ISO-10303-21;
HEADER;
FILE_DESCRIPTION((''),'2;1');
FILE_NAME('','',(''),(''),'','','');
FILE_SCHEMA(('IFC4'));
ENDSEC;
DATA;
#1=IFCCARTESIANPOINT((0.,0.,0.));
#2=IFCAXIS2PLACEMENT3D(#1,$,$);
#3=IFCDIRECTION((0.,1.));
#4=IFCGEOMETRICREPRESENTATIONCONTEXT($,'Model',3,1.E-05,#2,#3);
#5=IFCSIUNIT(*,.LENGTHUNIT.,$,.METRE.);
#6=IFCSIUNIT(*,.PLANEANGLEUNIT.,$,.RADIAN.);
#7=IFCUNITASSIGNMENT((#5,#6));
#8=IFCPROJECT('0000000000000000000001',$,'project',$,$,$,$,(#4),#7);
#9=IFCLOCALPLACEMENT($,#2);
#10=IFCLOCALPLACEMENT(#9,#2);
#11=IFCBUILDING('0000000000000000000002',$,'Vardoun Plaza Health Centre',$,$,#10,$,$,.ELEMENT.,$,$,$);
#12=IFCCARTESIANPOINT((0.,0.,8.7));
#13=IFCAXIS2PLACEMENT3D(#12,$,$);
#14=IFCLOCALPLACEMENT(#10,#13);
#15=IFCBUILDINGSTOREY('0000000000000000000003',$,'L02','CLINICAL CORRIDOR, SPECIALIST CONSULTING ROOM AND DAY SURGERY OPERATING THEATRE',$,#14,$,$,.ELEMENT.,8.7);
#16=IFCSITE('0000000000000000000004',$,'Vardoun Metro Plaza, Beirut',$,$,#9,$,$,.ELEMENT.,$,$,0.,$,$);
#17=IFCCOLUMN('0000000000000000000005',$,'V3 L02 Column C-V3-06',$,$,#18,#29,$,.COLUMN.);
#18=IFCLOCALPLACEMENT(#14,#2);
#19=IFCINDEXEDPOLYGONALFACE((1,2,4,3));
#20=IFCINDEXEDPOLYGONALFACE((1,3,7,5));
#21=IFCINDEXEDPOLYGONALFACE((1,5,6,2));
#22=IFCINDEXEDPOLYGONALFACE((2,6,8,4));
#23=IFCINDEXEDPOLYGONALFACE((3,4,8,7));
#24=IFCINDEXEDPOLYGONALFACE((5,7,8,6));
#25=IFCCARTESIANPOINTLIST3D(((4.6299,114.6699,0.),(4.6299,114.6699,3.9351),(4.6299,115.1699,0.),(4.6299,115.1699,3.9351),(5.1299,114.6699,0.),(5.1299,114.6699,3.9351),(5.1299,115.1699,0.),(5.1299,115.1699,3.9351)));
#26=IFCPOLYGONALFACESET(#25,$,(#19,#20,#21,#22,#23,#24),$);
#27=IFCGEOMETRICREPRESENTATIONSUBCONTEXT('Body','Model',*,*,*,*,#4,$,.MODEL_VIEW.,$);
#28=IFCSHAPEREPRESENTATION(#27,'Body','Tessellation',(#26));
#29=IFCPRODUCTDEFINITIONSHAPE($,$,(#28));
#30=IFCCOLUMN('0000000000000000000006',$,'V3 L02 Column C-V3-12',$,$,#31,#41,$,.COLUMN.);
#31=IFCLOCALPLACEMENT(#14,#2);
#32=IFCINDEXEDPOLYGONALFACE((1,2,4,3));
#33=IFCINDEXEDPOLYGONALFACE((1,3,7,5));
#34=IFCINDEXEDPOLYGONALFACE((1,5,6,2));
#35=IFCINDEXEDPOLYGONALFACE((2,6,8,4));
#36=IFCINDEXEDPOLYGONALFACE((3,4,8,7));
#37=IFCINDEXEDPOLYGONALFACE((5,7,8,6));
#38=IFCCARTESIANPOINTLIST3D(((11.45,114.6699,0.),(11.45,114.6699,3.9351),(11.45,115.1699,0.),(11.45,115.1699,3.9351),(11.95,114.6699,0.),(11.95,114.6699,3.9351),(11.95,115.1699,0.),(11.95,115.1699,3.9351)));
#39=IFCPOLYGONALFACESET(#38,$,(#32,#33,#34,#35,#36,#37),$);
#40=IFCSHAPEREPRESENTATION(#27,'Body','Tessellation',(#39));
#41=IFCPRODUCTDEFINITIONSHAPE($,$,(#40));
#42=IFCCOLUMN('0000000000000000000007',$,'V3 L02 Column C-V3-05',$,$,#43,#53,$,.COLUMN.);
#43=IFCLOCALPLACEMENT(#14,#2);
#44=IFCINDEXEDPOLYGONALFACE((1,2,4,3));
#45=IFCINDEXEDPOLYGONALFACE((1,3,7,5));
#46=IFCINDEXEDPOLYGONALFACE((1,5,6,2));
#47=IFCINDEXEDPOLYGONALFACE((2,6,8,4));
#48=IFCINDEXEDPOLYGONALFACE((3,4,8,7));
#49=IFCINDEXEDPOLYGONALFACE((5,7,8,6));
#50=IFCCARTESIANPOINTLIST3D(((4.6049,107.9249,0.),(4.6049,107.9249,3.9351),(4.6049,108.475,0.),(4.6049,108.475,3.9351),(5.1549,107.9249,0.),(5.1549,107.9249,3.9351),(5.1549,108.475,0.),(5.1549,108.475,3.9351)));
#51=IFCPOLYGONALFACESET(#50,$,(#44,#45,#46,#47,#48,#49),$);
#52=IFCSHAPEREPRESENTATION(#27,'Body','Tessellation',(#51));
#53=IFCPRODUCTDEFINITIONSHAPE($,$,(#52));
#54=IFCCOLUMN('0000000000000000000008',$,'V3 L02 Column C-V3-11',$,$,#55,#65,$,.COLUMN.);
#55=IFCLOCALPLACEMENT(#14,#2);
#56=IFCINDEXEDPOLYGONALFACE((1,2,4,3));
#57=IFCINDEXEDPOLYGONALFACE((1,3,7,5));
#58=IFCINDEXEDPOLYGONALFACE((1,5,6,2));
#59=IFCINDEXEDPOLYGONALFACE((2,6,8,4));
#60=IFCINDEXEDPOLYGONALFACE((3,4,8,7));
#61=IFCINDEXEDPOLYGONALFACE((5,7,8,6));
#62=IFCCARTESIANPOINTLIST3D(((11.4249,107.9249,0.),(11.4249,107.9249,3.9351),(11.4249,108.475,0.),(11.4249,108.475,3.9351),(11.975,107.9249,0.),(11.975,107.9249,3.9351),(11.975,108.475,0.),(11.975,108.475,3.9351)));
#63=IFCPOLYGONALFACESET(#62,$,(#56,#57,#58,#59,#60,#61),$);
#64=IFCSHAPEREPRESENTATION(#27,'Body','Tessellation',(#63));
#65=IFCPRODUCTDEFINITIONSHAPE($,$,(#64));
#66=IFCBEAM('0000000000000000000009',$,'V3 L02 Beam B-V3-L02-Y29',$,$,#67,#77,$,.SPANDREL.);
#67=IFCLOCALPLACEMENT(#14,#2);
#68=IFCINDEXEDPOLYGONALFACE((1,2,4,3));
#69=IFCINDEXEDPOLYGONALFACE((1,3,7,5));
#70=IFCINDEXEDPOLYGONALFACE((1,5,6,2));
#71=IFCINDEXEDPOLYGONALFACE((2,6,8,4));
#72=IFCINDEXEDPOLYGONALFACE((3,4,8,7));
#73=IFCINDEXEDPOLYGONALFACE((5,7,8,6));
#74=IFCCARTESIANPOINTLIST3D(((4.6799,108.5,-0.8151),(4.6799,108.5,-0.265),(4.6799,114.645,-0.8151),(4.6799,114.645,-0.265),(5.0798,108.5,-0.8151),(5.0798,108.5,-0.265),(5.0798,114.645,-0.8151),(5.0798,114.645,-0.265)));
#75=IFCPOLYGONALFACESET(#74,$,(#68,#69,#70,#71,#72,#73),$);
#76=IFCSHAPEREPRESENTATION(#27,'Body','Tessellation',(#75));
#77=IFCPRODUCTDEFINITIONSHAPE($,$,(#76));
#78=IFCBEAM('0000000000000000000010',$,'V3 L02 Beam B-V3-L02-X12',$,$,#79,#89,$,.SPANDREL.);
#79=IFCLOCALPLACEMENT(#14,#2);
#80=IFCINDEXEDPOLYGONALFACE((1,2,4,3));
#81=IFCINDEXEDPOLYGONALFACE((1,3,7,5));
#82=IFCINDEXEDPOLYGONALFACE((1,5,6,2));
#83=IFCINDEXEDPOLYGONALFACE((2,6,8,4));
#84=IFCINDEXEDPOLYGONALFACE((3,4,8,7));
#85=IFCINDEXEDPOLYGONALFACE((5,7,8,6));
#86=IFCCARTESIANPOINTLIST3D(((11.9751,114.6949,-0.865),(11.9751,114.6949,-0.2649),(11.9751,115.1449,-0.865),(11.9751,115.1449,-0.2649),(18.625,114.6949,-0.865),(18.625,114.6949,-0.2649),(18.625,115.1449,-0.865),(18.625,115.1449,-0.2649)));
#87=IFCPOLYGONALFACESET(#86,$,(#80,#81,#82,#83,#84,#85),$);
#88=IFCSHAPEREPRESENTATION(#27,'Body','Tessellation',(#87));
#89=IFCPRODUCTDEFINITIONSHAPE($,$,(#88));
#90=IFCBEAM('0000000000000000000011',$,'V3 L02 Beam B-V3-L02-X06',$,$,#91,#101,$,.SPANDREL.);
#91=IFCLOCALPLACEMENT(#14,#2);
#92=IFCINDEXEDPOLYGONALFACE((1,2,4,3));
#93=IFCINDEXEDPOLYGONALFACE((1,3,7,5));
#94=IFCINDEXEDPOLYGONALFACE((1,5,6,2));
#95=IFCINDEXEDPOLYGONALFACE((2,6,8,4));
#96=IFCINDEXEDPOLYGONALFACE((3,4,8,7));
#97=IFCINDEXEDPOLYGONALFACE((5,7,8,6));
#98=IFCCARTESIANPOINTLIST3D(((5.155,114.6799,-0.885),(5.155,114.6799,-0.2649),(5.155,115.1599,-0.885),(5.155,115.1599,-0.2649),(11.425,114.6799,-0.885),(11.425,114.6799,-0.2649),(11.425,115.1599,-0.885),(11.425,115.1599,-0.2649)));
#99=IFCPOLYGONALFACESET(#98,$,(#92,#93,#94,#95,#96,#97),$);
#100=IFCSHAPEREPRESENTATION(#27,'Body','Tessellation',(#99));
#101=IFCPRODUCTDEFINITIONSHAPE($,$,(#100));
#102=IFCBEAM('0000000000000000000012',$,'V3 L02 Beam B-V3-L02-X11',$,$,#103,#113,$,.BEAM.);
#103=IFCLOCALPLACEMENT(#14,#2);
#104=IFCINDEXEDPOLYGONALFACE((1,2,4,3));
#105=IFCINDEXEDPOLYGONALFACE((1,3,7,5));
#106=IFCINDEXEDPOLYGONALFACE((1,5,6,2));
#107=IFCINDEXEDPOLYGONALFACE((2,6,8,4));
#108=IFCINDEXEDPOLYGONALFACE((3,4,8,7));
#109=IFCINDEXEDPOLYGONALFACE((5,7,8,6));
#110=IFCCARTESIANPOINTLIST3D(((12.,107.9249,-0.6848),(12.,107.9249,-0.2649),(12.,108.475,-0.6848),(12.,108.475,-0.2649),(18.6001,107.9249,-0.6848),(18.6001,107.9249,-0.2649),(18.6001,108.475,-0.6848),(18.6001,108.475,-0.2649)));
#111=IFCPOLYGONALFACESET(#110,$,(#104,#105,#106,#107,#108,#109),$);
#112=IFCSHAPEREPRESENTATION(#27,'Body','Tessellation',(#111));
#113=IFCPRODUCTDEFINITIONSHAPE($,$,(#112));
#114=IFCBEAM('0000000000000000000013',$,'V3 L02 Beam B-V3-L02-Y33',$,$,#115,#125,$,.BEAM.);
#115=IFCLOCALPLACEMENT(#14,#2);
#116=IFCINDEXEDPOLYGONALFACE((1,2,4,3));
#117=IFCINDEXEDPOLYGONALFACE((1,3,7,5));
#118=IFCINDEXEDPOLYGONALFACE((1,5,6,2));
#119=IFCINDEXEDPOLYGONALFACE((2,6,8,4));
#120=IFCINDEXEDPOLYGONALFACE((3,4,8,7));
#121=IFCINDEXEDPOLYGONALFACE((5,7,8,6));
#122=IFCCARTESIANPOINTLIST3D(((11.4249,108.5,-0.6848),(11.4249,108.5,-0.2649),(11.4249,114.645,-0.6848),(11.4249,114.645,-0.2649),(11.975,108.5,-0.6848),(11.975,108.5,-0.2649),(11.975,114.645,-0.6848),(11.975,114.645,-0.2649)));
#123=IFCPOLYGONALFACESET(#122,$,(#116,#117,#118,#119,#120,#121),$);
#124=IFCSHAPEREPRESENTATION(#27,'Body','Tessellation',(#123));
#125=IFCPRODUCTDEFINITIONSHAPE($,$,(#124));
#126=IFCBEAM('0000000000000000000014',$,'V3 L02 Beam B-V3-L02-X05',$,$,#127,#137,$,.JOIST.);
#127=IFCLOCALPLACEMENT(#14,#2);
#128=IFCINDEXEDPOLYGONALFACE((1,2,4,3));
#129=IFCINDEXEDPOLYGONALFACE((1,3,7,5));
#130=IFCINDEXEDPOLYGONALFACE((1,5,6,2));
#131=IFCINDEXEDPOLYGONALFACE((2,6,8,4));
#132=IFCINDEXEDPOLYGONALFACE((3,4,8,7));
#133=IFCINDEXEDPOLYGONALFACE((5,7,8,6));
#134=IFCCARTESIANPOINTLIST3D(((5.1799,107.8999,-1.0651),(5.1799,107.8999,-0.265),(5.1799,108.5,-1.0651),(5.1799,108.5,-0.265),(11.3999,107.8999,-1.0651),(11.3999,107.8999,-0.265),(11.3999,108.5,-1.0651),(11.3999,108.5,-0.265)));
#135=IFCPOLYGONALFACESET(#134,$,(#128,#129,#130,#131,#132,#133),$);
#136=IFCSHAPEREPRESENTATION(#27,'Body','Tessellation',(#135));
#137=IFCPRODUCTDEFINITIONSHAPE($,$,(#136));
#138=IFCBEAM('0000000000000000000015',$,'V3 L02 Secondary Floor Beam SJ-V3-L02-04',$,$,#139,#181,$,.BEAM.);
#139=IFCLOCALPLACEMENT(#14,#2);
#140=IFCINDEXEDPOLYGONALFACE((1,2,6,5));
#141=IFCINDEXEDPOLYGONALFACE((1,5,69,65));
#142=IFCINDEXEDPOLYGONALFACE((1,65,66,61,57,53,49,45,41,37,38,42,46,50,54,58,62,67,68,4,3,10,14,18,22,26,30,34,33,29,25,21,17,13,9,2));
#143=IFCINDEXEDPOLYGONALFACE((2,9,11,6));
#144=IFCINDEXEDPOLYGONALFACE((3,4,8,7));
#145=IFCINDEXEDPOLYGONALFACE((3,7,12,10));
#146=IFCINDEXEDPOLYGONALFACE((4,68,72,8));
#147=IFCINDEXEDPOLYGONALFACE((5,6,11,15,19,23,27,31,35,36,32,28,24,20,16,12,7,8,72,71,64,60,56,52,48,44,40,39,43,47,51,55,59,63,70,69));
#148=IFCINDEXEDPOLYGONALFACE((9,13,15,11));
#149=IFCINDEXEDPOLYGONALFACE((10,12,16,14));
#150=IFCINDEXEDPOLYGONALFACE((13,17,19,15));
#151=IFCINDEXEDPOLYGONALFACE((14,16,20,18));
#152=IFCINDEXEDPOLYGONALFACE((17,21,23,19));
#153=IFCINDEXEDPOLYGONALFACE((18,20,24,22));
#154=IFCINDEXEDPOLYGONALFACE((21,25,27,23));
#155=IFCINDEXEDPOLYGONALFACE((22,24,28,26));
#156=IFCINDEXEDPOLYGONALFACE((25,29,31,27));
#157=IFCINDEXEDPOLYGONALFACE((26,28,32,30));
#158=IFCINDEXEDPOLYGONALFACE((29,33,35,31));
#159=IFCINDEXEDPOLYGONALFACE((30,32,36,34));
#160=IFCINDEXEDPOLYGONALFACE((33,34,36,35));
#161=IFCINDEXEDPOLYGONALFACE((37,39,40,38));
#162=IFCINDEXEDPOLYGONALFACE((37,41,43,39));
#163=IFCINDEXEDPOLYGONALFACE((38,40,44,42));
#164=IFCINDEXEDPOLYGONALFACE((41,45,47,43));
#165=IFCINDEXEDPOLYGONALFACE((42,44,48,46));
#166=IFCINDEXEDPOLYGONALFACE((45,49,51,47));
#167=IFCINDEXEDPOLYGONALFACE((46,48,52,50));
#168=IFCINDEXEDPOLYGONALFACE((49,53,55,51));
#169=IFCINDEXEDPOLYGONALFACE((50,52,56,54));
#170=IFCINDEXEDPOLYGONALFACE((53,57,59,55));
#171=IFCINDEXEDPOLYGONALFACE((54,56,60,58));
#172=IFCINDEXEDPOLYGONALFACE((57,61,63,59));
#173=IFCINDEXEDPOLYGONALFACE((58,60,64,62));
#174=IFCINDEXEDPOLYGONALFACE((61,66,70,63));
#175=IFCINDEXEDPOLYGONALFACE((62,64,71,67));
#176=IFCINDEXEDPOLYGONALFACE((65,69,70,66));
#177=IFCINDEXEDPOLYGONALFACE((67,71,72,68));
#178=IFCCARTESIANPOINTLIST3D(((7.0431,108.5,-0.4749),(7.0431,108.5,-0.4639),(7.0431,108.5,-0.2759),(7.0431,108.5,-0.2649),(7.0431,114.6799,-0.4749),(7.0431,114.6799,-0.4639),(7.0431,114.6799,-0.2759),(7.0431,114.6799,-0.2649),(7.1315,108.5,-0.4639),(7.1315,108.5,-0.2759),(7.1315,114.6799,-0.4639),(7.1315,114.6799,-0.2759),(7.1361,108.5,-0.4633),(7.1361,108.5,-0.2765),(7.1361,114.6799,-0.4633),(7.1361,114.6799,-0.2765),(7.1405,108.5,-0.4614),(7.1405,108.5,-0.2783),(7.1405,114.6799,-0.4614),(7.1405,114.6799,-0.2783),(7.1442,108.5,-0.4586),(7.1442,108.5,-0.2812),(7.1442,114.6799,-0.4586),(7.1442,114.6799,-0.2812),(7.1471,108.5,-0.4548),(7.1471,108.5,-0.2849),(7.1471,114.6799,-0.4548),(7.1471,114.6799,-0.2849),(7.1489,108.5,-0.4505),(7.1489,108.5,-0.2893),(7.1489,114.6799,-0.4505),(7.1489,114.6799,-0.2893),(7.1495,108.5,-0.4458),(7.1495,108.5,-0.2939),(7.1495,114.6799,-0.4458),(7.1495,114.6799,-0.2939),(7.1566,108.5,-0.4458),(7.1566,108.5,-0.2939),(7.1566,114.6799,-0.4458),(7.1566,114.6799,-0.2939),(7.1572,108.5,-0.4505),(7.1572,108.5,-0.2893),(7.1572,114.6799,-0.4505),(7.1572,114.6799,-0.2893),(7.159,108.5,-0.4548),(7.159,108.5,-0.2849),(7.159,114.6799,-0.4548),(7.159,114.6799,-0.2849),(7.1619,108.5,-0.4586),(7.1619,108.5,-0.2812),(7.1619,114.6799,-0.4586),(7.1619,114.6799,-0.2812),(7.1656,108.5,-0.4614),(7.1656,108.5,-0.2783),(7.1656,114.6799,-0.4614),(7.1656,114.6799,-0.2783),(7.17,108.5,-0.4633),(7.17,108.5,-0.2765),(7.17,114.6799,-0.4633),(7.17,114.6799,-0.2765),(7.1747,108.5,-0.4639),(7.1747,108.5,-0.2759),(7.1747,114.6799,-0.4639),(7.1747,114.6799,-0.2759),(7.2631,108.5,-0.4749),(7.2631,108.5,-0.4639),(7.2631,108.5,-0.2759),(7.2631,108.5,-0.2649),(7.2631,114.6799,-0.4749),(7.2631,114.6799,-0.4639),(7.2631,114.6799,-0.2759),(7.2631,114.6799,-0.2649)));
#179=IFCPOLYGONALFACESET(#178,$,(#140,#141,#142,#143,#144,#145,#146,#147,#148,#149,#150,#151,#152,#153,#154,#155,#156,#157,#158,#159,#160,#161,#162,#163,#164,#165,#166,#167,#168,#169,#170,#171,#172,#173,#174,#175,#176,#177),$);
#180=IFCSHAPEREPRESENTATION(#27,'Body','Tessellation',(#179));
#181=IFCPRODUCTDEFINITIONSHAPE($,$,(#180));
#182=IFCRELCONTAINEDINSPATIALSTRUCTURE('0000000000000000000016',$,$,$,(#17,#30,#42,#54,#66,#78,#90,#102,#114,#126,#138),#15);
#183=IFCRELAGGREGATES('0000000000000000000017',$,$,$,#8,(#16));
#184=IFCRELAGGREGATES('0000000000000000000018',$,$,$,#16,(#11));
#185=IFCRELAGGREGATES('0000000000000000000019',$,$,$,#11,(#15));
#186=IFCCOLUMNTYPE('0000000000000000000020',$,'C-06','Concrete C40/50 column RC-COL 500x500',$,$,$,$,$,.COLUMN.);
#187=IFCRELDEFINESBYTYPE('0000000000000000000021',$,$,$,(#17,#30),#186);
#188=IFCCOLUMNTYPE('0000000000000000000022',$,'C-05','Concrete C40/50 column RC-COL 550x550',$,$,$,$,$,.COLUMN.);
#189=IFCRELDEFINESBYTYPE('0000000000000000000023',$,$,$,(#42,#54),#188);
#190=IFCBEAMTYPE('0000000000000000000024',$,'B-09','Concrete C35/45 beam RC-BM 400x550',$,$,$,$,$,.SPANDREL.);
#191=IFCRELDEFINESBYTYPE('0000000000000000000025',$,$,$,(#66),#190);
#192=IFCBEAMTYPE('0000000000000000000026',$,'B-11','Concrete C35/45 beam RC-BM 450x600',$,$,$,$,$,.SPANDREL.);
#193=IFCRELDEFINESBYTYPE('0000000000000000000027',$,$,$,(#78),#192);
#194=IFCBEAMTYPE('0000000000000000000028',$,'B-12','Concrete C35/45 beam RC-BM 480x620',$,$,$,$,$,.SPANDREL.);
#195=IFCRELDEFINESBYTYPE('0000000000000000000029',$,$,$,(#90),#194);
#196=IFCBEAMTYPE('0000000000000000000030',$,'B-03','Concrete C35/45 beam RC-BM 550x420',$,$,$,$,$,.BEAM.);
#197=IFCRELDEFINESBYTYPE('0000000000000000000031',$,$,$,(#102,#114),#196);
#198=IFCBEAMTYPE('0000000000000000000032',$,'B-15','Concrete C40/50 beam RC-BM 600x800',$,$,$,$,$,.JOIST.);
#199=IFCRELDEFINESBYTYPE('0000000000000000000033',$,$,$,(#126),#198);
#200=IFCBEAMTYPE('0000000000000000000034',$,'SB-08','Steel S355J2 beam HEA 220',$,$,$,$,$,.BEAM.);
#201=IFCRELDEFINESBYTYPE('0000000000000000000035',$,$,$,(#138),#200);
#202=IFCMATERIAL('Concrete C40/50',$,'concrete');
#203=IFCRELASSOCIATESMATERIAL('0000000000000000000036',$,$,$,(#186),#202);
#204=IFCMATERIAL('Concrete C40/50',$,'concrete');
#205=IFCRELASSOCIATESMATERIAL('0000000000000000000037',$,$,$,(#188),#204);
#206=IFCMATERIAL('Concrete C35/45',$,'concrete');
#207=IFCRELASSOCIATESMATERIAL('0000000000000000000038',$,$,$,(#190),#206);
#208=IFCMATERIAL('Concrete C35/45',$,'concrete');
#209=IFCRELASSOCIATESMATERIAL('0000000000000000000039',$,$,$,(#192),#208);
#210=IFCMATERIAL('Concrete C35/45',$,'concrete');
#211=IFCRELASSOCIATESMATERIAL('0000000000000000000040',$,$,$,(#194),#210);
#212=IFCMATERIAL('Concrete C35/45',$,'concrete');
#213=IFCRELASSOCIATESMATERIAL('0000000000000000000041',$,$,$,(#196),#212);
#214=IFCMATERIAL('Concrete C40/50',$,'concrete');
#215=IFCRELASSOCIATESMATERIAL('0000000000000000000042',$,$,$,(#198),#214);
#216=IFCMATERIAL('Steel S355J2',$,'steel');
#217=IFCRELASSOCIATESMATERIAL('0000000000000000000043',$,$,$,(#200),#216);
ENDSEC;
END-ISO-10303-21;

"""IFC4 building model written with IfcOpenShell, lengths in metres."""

from ifc_helpers import new_model, si_unit, direction, frame, origin, origin_2d, place, context, subcontext, project, spatial, rectangle, i_section, extrude, material, material_profile, profile_set, type_object, element, save


model = new_model("IFC4")

# Units and contexts
model_context = context("Model", 3, precision=1e-05, world=origin(), true_north=direction((0.0, 1.0)))
body_context = subcontext(model_context, "Body", "Model", "MODEL_VIEW")
ifc_project = project(units=[si_unit("LENGTHUNIT", "METRE"), si_unit("PLANEANGLEUNIT", "RADIAN")], contexts=[model_context])

# Site, building, storey
site_placement = place(None, origin())
site = spatial("IfcSite", under=ifc_project, at=site_placement, Name="Vardoun Metro Plaza, Beirut", CompositionType="ELEMENT", RefElevation=0.0)
building_placement = place(site_placement, origin())
building = spatial("IfcBuilding", under=site, at=building_placement, Name="Vardoun Plaza Health Centre", CompositionType="ELEMENT")
storey_placement = place(building_placement, frame((0.0, 0.0, 8.7)))
storey = spatial("IfcBuildingStorey", under=building, at=storey_placement, Name="L02", Description="CLINICAL CORRIDOR, SPECIALIST CONSULTING ROOM AND DAY SURGERY OPERATING THEATRE", CompositionType="ELEMENT", Elevation=8.7)

# Columns
ifc_material_1 = material(Name="Concrete C40/50", Category="concrete")
ifc_material_profile_1 = material_profile(ifc_material_1, rectangle(XDim=0.5, YDim=0.5, at=origin_2d()), Name="RC-COL 500x500")
ifc_profile_set_1 = profile_set([ifc_material_profile_1], Name="Concrete C40/50")
column_type_1 = type_object("IfcColumnType", Name="C-06", Description="Concrete C40/50 column RC-COL 500x500", PredefinedType="COLUMN", material=ifc_profile_set_1)
for number, where, z_axis, x_axis, name in (
    (1, (4.8799, 114.9199, 0.0), (0.0, 0.0, 1.0), (1.0, 0.0, 0.0), "V3 L02 Column C-V3-06"),
    (2, (11.7, 114.9199, 0.0), (0.0, 0.0, 1.0), (1.0, 0.0, 0.0), "V3 L02 Column C-V3-12"),
):
    element("IfcColumn", number, at=place(storey_placement, frame(where, z_axis=z_axis, x_axis=x_axis)), inside=storey, type_object=column_type_1, Name=name, PredefinedType="COLUMN", context=body_context, shape_type="SweptSolid", body=[
        extrude(rectangle(XDim=0.5, YDim=0.5, at=origin_2d()), origin(), (0.0, 0.0, 1.0), 3.9351),
    ])
ifc_material_2 = material(Name="Concrete C40/50", Category="concrete")
ifc_material_profile_2 = material_profile(ifc_material_2, rectangle(XDim=0.55, YDim=0.55, at=origin_2d()), Name="RC-COL 550x550")
ifc_profile_set_2 = profile_set([ifc_material_profile_2], Name="Concrete C40/50")
column_type_2 = type_object("IfcColumnType", Name="C-05", Description="Concrete C40/50 column RC-COL 550x550", PredefinedType="COLUMN", material=ifc_profile_set_2)
for number, where, z_axis, x_axis, name in (
    (3, (4.8799, 108.2, 0.0), (0.0, 0.0, 1.0), (1.0, 0.0, 0.0), "V3 L02 Column C-V3-05"),
    (4, (11.7, 108.2, 0.0), (0.0, 0.0, 1.0), (1.0, 0.0, 0.0), "V3 L02 Column C-V3-11"),
):
    element("IfcColumn", number, at=place(storey_placement, frame(where, z_axis=z_axis, x_axis=x_axis)), inside=storey, type_object=column_type_2, Name=name, PredefinedType="COLUMN", context=body_context, shape_type="SweptSolid", body=[
        extrude(rectangle(XDim=0.55, YDim=0.55, at=origin_2d()), origin(), (0.0, 0.0, 1.0), 3.9351),
    ])

# Beams
ifc_material_3 = material(Name="Concrete C35/45", Category="concrete")
ifc_material_profile_3 = material_profile(ifc_material_3, rectangle(XDim=0.3999, YDim=0.55, at=origin_2d()), Name="RC-BM 400x550")
ifc_profile_set_3 = profile_set([ifc_material_profile_3], Name="Concrete C35/45")
beam_type_1 = type_object("IfcBeamType", Name="B-09", Description="Concrete C35/45 beam RC-BM 400x550", PredefinedType="SPANDREL", material=ifc_profile_set_3)
beam_1_placement = place(storey_placement, frame((4.8799, 108.5, -0.54), z_axis=(0.0, 1.0, 0.0), x_axis=(-1.0, 0.0, 0.0)))
element("IfcBeam", 5, at=beam_1_placement, inside=storey, type_object=beam_type_1, Name="V3 L02 Beam B-V3-L02-Y29", PredefinedType="SPANDREL", context=body_context, shape_type="SweptSolid", body=[
    extrude(rectangle(XDim=0.3999, YDim=0.55, at=origin_2d()), origin(), (0.0, 0.0, 1.0), 6.145),
])
ifc_material_4 = material(Name="Concrete C35/45", Category="concrete")
ifc_material_profile_4 = material_profile(ifc_material_4, rectangle(XDim=0.45, YDim=0.6001, at=origin_2d()), Name="RC-BM 450x600")
ifc_profile_set_4 = profile_set([ifc_material_profile_4], Name="Concrete C35/45")
beam_type_2 = type_object("IfcBeamType", Name="B-11", Description="Concrete C35/45 beam RC-BM 450x600", PredefinedType="SPANDREL", material=ifc_profile_set_4)
beam_2_placement = place(storey_placement, frame((11.9751, 114.9199, -0.5649), z_axis=(1.0, 0.0, 0.0), x_axis=(0.0, 1.0, 0.0)))
element("IfcBeam", 6, at=beam_2_placement, inside=storey, type_object=beam_type_2, Name="V3 L02 Beam B-V3-L02-X12", PredefinedType="SPANDREL", context=body_context, shape_type="SweptSolid", body=[
    extrude(rectangle(XDim=0.45, YDim=0.6001, at=origin_2d()), origin(), (0.0, 0.0, 1.0), 6.6499),
])
ifc_material_5 = material(Name="Concrete C35/45", Category="concrete")
ifc_material_profile_5 = material_profile(ifc_material_5, rectangle(XDim=0.48, YDim=0.6201, at=origin_2d()), Name="RC-BM 480x620")
ifc_profile_set_5 = profile_set([ifc_material_profile_5], Name="Concrete C35/45")
beam_type_3 = type_object("IfcBeamType", Name="B-12", Description="Concrete C35/45 beam RC-BM 480x620", PredefinedType="SPANDREL", material=ifc_profile_set_5)
beam_3_placement = place(storey_placement, frame((5.155, 114.9199, -0.575), z_axis=(1.0, 0.0, 0.0), x_axis=(0.0, 1.0, 0.0)))
element("IfcBeam", 7, at=beam_3_placement, inside=storey, type_object=beam_type_3, Name="V3 L02 Beam B-V3-L02-X06", PredefinedType="SPANDREL", context=body_context, shape_type="SweptSolid", body=[
    extrude(rectangle(XDim=0.48, YDim=0.6201, at=origin_2d()), origin(), (0.0, 0.0, 1.0), 6.27),
])
ifc_material_6 = material(Name="Concrete C35/45", Category="concrete")
ifc_material_profile_6 = material_profile(ifc_material_6, rectangle(XDim=0.55, YDim=0.4199, at=origin_2d()), Name="RC-BM 550x420")
ifc_profile_set_6 = profile_set([ifc_material_profile_6], Name="Concrete C35/45")
beam_type_4 = type_object("IfcBeamType", Name="B-03", Description="Concrete C35/45 beam RC-BM 550x420", PredefinedType="BEAM", material=ifc_profile_set_6)
beam_4_placement = place(storey_placement, frame((12.0, 108.2, -0.4749), z_axis=(1.0, 0.0, 0.0), x_axis=(0.0, 1.0, 0.0)))
element("IfcBeam", 8, at=beam_4_placement, inside=storey, type_object=beam_type_4, Name="V3 L02 Beam B-V3-L02-X11", PredefinedType="BEAM", context=body_context, shape_type="SweptSolid", body=[
    extrude(rectangle(XDim=0.55, YDim=0.4199, at=origin_2d()), origin(), (0.0, 0.0, 1.0), 6.6001),
])
beam_5_placement = place(storey_placement, frame((11.7, 108.5, -0.4749), z_axis=(0.0, 1.0, 0.0), x_axis=(-1.0, 0.0, 0.0)))
element("IfcBeam", 9, at=beam_5_placement, inside=storey, type_object=beam_type_4, Name="V3 L02 Beam B-V3-L02-Y33", PredefinedType="BEAM", context=body_context, shape_type="SweptSolid", body=[
    extrude(rectangle(XDim=0.55, YDim=0.4199, at=origin_2d()), origin(), (0.0, 0.0, 1.0), 6.145),
])
ifc_material_7 = material(Name="Concrete C40/50", Category="concrete")
ifc_material_profile_7 = material_profile(ifc_material_7, rectangle(XDim=0.6001, YDim=0.8, at=origin_2d()), Name="RC-BM 600x800")
ifc_profile_set_7 = profile_set([ifc_material_profile_7], Name="Concrete C40/50")
beam_type_5 = type_object("IfcBeamType", Name="B-15", Description="Concrete C40/50 beam RC-BM 600x800", PredefinedType="JOIST", material=ifc_profile_set_7)
beam_6_placement = place(storey_placement, frame((5.1799, 108.2, -0.665), z_axis=(1.0, 0.0, 0.0), x_axis=(0.0, 1.0, 0.0)))
element("IfcBeam", 10, at=beam_6_placement, inside=storey, type_object=beam_type_5, Name="V3 L02 Beam B-V3-L02-X05", PredefinedType="JOIST", context=body_context, shape_type="SweptSolid", body=[
    extrude(rectangle(XDim=0.6001, YDim=0.8, at=origin_2d()), origin(), (0.0, 0.0, 1.0), 6.22),
])
ifc_material_8 = material(Name="Steel S355J2", Category="steel")
ifc_material_profile_8 = material_profile(ifc_material_8, i_section(OverallWidth=0.22, OverallDepth=0.21, WebThickness=0.0071, FlangeThickness=0.011, FilletRadius=0.0181, at=origin_2d()), Name="HEA 220")
ifc_profile_set_8 = profile_set([ifc_material_profile_8], Name="Steel S355J2")
beam_type_6 = type_object("IfcBeamType", Name="SB-08", Description="Steel S355J2 beam HEA 220", PredefinedType="BEAM", material=ifc_profile_set_8)
beam_7_placement = place(storey_placement, frame((7.1531, 108.5, -0.3699), z_axis=(0.0, 1.0, 0.0), x_axis=(-1.0, 0.0, 0.0)))
element("IfcBeam", 11, at=beam_7_placement, inside=storey, type_object=beam_type_6, Name="V3 L02 Secondary Floor Beam SJ-V3-L02-04", PredefinedType="BEAM", context=body_context, shape_type="SweptSolid", body=[
    extrude(i_section(OverallWidth=0.22, OverallDepth=0.21, WebThickness=0.0071, FlangeThickness=0.011, FilletRadius=0.0181, at=origin_2d()), origin(), (0.0, 0.0, 1.0), 6.1799),
])

save(model, "model.ifc")
